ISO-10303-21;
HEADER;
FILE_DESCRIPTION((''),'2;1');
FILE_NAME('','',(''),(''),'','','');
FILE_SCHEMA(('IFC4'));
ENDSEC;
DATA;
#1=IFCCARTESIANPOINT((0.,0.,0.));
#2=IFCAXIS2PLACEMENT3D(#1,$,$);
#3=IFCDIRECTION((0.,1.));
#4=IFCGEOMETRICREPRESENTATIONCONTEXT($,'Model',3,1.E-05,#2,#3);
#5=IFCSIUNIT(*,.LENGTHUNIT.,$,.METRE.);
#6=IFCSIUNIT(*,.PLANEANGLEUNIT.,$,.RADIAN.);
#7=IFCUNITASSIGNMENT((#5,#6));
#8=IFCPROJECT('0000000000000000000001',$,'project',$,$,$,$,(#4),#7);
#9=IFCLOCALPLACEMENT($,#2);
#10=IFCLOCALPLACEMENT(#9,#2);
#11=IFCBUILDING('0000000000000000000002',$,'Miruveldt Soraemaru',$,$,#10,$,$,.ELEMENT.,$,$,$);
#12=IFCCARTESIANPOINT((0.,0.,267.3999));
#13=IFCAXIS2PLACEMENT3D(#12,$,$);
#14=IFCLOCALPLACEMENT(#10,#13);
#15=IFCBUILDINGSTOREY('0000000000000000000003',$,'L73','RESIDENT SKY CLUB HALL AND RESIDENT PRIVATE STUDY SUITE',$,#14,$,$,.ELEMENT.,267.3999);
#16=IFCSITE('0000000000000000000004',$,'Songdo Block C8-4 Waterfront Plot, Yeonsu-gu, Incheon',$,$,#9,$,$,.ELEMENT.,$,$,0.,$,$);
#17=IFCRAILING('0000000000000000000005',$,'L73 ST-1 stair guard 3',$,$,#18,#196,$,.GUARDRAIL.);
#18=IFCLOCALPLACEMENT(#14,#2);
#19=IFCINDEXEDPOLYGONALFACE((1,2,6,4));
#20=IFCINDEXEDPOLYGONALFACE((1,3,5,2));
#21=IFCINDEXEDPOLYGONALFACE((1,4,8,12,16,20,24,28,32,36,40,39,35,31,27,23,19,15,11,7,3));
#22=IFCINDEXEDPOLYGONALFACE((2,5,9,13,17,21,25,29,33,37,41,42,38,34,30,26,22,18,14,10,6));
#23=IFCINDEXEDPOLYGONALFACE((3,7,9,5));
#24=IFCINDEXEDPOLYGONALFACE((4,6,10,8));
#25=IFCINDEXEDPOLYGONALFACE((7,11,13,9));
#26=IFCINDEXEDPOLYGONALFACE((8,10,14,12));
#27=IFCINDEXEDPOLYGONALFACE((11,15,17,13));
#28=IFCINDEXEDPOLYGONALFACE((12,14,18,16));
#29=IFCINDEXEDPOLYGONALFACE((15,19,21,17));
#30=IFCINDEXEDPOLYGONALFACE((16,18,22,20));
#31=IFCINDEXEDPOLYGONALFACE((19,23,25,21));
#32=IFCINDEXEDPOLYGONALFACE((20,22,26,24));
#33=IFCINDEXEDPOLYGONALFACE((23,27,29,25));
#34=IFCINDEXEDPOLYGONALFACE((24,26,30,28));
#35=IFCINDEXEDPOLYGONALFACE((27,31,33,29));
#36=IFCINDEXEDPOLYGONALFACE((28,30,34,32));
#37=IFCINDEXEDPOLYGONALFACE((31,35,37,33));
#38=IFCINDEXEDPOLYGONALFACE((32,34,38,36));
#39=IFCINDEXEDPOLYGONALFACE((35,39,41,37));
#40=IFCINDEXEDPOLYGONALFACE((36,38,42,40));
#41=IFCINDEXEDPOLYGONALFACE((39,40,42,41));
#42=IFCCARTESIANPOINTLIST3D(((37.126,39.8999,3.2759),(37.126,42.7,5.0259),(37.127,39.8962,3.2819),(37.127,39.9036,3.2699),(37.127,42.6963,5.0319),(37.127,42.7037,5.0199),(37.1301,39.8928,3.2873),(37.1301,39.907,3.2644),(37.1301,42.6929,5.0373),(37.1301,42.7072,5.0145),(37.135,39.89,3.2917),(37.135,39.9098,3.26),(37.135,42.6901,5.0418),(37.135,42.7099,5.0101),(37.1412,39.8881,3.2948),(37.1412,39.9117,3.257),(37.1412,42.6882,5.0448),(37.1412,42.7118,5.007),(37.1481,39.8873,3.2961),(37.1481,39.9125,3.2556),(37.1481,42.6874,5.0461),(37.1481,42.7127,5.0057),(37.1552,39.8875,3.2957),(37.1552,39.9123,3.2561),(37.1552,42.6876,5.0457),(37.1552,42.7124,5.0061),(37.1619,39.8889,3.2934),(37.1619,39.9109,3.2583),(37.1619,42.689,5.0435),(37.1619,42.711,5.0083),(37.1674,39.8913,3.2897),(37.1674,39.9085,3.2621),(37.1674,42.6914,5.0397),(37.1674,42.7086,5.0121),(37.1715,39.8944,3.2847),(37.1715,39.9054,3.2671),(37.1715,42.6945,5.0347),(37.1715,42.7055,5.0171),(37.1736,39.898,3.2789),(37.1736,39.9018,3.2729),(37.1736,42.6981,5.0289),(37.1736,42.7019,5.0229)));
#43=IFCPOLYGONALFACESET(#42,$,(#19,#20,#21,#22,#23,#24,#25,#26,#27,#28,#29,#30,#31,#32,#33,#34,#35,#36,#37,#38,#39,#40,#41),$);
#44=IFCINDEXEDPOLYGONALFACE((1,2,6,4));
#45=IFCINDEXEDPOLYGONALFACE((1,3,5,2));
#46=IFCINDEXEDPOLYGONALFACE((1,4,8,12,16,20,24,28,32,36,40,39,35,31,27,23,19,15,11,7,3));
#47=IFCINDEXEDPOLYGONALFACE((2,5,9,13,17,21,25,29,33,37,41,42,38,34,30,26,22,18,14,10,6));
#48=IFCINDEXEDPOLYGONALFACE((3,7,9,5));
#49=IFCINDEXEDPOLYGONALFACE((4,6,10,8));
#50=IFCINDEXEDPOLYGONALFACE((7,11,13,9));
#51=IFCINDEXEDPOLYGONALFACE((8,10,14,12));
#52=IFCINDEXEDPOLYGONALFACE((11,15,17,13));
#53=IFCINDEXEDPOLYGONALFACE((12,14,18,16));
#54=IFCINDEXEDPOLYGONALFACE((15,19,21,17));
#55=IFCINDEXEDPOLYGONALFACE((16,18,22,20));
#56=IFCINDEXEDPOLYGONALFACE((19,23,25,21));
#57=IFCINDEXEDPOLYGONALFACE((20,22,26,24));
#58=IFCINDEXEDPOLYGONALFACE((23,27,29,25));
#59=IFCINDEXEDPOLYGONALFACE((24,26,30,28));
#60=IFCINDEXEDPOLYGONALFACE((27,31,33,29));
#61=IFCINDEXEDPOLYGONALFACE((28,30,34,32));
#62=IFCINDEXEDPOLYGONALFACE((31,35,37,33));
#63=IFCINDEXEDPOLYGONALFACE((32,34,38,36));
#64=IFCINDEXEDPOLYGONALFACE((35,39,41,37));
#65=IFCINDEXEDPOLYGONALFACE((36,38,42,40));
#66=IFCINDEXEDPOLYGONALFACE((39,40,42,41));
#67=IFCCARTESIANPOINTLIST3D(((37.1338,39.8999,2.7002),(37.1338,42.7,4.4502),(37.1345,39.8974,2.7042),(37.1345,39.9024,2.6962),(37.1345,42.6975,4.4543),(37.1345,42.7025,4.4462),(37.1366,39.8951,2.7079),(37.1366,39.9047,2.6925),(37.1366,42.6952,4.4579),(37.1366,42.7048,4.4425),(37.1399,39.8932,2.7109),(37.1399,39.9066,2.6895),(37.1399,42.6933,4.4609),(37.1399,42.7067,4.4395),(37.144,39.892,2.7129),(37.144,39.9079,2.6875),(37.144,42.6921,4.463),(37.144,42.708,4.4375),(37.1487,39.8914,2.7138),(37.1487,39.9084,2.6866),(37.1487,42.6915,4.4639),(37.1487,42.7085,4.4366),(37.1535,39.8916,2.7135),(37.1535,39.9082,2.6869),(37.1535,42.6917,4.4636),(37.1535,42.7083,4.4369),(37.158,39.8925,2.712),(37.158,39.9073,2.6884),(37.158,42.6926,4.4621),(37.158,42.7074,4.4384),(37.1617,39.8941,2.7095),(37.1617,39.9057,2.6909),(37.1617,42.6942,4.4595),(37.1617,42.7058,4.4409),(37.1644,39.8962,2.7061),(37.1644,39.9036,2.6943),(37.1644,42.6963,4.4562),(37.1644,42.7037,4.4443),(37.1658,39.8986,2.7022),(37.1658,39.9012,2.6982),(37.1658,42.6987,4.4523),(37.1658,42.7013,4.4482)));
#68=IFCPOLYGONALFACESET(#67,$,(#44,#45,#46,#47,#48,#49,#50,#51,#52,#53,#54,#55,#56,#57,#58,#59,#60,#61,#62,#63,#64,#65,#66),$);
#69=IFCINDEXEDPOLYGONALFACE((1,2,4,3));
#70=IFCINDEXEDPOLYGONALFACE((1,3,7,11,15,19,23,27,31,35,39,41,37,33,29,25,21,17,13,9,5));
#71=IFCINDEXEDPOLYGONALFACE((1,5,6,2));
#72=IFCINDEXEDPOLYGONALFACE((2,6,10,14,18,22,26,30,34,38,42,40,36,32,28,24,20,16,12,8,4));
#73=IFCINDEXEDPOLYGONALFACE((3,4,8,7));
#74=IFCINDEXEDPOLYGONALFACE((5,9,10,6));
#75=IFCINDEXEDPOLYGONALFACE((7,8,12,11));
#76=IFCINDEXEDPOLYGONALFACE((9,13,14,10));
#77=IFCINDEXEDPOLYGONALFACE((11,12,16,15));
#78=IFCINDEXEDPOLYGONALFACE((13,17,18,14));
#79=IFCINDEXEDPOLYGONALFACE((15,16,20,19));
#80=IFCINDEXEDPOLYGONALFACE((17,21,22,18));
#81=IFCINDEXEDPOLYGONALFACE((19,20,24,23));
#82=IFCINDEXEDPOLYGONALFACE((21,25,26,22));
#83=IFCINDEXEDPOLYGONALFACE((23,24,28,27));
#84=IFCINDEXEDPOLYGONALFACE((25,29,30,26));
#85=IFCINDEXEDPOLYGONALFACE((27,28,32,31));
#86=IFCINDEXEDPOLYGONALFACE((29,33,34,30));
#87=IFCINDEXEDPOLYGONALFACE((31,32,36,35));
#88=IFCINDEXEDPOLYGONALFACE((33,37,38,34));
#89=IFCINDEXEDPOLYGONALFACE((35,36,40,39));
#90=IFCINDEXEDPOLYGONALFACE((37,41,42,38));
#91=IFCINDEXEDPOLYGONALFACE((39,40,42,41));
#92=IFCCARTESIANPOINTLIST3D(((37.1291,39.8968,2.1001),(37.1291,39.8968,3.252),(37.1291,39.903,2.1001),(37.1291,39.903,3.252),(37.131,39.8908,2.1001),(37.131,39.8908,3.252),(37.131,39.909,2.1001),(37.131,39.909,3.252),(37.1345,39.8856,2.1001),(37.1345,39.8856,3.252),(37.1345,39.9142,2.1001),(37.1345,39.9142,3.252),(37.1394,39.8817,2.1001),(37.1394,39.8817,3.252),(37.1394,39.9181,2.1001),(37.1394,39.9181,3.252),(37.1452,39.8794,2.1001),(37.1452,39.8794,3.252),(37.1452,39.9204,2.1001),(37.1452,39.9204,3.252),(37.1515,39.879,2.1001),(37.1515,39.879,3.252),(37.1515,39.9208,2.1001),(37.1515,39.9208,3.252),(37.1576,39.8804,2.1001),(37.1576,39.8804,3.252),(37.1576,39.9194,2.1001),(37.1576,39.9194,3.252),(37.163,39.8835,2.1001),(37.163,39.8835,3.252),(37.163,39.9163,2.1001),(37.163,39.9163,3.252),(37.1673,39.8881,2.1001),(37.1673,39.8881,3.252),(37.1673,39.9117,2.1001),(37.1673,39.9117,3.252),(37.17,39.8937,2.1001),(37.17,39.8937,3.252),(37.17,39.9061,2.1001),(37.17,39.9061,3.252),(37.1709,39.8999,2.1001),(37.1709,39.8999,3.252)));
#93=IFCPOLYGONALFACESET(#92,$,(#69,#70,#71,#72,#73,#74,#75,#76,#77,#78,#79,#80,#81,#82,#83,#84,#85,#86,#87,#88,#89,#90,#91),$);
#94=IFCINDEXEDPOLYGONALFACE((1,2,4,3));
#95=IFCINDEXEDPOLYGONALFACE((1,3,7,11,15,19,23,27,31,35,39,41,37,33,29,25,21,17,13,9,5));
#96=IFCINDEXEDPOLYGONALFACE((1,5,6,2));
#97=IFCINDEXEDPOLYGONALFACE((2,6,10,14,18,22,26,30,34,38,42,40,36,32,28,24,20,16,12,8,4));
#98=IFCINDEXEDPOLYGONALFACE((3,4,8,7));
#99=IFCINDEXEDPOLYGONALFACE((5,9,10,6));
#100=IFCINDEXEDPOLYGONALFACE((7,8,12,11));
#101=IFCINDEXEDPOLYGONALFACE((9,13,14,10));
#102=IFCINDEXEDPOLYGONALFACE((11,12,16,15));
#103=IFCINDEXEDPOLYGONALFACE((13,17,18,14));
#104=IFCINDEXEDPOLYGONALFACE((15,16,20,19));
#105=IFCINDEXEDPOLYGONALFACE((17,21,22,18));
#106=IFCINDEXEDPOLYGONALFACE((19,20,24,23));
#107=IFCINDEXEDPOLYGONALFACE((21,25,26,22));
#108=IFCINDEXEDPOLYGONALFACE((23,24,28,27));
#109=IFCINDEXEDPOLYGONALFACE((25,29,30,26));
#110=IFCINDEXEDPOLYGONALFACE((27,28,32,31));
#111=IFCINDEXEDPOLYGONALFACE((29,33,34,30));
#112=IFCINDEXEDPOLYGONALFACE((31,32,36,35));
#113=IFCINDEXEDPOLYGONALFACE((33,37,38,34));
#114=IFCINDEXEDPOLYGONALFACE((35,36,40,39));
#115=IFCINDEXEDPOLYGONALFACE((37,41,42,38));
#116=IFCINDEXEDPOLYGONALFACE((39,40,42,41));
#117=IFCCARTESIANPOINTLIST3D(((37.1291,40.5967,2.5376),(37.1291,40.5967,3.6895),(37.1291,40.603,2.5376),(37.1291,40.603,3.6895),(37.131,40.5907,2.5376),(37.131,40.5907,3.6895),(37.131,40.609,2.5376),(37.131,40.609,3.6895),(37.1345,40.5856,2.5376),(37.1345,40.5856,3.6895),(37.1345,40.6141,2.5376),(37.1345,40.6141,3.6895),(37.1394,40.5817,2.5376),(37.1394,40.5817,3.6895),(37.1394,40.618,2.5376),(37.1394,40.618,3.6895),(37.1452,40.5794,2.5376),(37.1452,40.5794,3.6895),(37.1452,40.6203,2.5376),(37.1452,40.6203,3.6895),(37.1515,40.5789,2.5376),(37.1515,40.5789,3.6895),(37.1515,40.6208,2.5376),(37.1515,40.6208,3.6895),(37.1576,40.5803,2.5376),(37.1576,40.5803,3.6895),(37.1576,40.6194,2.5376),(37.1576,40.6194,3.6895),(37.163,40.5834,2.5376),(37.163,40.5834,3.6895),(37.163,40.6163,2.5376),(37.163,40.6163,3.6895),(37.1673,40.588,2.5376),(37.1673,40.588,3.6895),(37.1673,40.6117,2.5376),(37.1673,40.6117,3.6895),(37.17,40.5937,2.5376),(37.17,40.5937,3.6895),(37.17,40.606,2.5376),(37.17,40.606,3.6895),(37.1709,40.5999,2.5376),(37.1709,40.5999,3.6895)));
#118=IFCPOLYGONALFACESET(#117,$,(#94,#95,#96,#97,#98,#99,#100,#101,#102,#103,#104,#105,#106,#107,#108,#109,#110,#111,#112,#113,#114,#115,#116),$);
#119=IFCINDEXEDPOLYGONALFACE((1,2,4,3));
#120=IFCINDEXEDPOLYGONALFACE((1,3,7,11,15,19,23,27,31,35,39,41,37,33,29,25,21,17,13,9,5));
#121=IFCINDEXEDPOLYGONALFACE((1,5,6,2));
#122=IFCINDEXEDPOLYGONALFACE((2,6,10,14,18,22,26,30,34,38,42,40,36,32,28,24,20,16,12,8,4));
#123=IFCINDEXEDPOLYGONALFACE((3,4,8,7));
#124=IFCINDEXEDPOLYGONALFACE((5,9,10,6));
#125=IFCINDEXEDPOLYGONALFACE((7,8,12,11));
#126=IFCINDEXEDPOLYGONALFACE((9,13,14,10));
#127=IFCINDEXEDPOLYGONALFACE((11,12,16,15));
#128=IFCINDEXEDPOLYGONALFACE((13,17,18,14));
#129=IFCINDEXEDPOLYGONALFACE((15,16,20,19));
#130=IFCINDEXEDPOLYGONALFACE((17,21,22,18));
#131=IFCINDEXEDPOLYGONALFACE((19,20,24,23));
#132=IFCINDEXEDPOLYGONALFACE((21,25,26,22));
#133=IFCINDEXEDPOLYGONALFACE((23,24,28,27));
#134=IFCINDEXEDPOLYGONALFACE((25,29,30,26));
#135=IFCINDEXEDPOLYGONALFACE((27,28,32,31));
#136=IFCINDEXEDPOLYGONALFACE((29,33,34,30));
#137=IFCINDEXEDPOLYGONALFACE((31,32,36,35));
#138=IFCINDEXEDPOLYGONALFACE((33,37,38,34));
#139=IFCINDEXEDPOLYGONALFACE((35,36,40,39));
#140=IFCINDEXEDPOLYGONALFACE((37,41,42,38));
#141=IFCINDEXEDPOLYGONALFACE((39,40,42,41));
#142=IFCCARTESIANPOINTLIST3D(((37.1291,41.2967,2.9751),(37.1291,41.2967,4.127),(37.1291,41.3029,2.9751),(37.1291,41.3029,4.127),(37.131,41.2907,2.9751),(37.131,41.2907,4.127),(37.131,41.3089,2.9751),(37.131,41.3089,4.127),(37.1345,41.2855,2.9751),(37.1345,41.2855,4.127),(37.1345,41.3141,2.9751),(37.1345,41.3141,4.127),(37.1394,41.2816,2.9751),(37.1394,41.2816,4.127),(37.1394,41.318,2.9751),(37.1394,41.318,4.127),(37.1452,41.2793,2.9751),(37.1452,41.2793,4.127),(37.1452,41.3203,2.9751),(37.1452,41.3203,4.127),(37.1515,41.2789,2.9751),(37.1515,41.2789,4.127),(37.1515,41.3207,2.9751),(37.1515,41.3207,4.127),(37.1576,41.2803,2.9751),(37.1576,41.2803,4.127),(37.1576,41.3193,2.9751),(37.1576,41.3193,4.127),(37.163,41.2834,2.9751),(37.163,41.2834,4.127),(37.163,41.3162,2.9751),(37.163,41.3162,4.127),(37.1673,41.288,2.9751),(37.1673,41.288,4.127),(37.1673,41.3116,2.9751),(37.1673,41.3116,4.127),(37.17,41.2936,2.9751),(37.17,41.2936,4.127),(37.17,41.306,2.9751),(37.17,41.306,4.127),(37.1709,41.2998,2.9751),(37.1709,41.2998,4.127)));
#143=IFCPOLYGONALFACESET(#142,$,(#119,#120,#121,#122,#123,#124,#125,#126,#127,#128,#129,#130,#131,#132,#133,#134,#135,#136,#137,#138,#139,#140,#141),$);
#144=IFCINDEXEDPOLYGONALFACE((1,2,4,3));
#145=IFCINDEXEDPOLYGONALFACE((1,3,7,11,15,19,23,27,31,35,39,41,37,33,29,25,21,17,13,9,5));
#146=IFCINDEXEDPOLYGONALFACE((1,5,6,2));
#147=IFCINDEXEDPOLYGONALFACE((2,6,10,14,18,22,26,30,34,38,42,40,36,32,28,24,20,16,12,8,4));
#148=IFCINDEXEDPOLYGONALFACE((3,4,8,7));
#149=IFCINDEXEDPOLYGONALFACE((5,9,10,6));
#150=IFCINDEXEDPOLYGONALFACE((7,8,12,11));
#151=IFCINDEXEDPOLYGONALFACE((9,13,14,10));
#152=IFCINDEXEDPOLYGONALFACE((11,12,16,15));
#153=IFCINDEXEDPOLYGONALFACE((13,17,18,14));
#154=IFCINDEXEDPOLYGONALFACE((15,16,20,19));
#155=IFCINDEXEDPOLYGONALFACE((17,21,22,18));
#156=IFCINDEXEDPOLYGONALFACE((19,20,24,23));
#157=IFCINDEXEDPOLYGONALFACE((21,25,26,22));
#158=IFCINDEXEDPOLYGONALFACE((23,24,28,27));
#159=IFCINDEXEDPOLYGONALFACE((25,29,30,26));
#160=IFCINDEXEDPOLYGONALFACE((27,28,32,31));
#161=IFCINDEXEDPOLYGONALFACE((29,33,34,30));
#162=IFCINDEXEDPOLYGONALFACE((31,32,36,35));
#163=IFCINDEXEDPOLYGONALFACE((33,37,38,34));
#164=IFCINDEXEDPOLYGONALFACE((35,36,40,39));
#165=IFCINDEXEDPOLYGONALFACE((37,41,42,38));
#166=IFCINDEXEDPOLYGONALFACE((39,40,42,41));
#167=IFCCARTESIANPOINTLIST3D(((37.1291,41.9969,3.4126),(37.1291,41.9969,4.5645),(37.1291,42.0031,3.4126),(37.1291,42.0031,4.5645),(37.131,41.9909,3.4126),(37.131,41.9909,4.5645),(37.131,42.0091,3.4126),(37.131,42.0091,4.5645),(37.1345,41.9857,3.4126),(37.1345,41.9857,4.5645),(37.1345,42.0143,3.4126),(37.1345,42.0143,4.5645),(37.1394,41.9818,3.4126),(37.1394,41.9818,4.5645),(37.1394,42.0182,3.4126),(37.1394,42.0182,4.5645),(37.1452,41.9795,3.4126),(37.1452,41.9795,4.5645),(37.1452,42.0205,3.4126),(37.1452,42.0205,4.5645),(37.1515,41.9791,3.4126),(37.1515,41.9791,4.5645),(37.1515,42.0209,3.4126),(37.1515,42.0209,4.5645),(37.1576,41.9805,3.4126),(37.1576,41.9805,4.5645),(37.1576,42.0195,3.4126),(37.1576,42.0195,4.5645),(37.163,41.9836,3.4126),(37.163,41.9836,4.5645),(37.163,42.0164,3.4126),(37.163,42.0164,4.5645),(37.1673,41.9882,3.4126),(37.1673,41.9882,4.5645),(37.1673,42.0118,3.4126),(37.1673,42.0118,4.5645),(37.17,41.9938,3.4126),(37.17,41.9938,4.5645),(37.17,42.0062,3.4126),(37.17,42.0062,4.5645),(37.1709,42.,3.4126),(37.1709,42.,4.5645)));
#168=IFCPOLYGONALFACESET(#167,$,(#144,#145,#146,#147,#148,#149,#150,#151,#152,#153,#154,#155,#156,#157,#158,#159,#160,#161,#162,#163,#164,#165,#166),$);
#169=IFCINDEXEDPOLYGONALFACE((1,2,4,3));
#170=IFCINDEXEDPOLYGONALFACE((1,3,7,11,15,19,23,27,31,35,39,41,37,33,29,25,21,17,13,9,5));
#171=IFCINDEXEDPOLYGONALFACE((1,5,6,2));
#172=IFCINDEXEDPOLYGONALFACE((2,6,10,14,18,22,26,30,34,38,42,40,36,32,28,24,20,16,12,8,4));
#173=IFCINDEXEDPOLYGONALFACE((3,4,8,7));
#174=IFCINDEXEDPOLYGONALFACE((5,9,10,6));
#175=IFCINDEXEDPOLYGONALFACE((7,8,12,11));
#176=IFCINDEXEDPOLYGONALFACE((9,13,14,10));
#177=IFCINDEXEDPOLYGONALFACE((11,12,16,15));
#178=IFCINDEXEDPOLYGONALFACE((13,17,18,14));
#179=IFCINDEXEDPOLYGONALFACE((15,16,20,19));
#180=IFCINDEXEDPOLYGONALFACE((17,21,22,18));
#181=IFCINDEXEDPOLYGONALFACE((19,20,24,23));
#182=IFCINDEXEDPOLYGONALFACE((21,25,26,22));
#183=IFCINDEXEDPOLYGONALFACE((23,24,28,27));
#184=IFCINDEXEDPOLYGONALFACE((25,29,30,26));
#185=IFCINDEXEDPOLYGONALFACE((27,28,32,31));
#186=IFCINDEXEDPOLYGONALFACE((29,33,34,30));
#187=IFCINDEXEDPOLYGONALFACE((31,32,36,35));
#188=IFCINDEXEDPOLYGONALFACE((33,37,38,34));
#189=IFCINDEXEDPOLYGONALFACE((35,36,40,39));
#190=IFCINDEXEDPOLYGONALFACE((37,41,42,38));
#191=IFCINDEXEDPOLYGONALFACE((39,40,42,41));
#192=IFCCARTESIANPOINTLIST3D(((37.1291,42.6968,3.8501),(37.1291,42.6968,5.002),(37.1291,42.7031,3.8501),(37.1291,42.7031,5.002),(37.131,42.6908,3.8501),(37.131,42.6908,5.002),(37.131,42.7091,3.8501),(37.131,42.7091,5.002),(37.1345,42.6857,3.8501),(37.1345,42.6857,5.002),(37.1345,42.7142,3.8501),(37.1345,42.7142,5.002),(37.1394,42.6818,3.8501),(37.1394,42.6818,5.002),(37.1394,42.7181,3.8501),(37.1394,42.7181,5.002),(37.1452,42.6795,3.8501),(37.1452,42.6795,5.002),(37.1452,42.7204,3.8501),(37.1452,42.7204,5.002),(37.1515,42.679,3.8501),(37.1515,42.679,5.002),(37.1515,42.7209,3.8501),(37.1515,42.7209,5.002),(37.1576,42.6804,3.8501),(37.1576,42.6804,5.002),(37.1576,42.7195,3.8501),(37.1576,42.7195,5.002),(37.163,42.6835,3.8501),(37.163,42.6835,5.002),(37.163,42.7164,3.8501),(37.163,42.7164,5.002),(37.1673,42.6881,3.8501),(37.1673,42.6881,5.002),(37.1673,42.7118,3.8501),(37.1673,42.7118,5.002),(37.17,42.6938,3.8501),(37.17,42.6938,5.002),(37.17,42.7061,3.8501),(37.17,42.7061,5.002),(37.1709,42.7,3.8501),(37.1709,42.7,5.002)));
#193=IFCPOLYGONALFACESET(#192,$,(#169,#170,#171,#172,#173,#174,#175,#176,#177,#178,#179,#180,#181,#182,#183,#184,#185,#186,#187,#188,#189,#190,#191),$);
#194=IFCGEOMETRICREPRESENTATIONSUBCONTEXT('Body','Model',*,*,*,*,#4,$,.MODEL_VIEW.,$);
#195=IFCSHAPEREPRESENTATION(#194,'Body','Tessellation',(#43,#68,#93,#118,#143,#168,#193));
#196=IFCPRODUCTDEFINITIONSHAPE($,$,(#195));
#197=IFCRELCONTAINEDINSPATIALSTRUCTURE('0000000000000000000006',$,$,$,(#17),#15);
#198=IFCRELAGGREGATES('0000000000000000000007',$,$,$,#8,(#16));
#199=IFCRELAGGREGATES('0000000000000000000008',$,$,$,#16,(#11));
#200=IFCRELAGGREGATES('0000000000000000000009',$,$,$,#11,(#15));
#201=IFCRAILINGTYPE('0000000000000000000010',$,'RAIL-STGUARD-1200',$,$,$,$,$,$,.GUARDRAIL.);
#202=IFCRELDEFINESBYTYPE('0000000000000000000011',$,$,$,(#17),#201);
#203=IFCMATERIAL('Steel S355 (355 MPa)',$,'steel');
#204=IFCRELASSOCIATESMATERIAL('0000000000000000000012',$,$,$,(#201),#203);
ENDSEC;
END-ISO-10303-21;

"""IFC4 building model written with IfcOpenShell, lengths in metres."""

from ifc_helpers import new_model, si_unit, direction, frame, origin, origin_2d, place, context, subcontext, project, spatial, circle, extrude, material, type_object, element, save


model = new_model("IFC4")

# Units and contexts
model_context = context("Model", 3, precision=1e-05, world=origin(), true_north=direction((0.0, 1.0)))
body_context = subcontext(model_context, "Body", "Model", "MODEL_VIEW")
ifc_project = project(units=[si_unit("LENGTHUNIT", "METRE"), si_unit("PLANEANGLEUNIT", "RADIAN")], contexts=[model_context])

# Site, building, storey
site_placement = place(None, origin())
site = spatial("IfcSite", under=ifc_project, at=site_placement, Name="Songdo Block C8-4 Waterfront Plot, Yeonsu-gu, Incheon", CompositionType="ELEMENT", RefElevation=0.0)
building_placement = place(site_placement, origin())
building = spatial("IfcBuilding", under=site, at=building_placement, Name="Miruveldt Soraemaru", CompositionType="ELEMENT")
storey_placement = place(building_placement, frame((0.0, 0.0, 267.3999)))
storey = spatial("IfcBuildingStorey", under=building, at=storey_placement, Name="L73", Description="RESIDENT SKY CLUB HALL AND RESIDENT PRIVATE STUDY SUITE", CompositionType="ELEMENT", Elevation=267.3999)

# Railing
ifc_material_1 = material(Name="Steel S355 (355 MPa)", Category="steel")
railing_type_1 = type_object("IfcRailingType", Name="RAIL-STGUARD-1200", PredefinedType="GUARDRAIL", material=ifc_material_1)
railing_1_placement = place(storey_placement, frame((37.1499, 39.8999, 2.1001)))
element("IfcRailing", 1, at=railing_1_placement, inside=storey, type_object=railing_type_1, Name="L73 ST-1 stair guard 3", PredefinedType="GUARDRAIL", context=body_context, shape_type="SweptSolid", body=[
    extrude(circle(Radius=0.0239, at=origin_2d()), frame((0.0, 0.0, 1.1758), z_axis=(0.0, 0.848002, 0.529992), x_axis=(-1.0, 0.0, 0.0)), (0.0, 0.0, 1.0), 3.302),
    extrude(circle(Radius=0.0161, at=origin_2d()), frame((0.0, 0.0, 0.6001), z_axis=(0.0, 0.848002, 0.529992), x_axis=(-1.0, 0.0, 0.0)), (0.0, 0.0, 1.0), 3.302),
    extrude(circle(Radius=0.021, at=origin_2d()), origin(), (0.0, 0.0, 1.0), 1.1519),
    extrude(circle(Radius=0.021, at=origin_2d()), frame((0.0, 0.7, 0.4375)), (0.0, 0.0, 1.0), 1.1519),
    extrude(circle(Radius=0.021, at=origin_2d()), frame((0.0, 1.3999, 0.875)), (0.0, 0.0, 1.0), 1.1519),
    extrude(circle(Radius=0.021, at=origin_2d()), frame((0.0, 2.1001, 1.3125)), (0.0, 0.0, 1.0), 1.1519),
    extrude(circle(Radius=0.021, at=origin_2d()), frame((0.0, 2.8, 1.75)), (0.0, 0.0, 1.0), 1.1519),
])

save(model, "model.ifc")
